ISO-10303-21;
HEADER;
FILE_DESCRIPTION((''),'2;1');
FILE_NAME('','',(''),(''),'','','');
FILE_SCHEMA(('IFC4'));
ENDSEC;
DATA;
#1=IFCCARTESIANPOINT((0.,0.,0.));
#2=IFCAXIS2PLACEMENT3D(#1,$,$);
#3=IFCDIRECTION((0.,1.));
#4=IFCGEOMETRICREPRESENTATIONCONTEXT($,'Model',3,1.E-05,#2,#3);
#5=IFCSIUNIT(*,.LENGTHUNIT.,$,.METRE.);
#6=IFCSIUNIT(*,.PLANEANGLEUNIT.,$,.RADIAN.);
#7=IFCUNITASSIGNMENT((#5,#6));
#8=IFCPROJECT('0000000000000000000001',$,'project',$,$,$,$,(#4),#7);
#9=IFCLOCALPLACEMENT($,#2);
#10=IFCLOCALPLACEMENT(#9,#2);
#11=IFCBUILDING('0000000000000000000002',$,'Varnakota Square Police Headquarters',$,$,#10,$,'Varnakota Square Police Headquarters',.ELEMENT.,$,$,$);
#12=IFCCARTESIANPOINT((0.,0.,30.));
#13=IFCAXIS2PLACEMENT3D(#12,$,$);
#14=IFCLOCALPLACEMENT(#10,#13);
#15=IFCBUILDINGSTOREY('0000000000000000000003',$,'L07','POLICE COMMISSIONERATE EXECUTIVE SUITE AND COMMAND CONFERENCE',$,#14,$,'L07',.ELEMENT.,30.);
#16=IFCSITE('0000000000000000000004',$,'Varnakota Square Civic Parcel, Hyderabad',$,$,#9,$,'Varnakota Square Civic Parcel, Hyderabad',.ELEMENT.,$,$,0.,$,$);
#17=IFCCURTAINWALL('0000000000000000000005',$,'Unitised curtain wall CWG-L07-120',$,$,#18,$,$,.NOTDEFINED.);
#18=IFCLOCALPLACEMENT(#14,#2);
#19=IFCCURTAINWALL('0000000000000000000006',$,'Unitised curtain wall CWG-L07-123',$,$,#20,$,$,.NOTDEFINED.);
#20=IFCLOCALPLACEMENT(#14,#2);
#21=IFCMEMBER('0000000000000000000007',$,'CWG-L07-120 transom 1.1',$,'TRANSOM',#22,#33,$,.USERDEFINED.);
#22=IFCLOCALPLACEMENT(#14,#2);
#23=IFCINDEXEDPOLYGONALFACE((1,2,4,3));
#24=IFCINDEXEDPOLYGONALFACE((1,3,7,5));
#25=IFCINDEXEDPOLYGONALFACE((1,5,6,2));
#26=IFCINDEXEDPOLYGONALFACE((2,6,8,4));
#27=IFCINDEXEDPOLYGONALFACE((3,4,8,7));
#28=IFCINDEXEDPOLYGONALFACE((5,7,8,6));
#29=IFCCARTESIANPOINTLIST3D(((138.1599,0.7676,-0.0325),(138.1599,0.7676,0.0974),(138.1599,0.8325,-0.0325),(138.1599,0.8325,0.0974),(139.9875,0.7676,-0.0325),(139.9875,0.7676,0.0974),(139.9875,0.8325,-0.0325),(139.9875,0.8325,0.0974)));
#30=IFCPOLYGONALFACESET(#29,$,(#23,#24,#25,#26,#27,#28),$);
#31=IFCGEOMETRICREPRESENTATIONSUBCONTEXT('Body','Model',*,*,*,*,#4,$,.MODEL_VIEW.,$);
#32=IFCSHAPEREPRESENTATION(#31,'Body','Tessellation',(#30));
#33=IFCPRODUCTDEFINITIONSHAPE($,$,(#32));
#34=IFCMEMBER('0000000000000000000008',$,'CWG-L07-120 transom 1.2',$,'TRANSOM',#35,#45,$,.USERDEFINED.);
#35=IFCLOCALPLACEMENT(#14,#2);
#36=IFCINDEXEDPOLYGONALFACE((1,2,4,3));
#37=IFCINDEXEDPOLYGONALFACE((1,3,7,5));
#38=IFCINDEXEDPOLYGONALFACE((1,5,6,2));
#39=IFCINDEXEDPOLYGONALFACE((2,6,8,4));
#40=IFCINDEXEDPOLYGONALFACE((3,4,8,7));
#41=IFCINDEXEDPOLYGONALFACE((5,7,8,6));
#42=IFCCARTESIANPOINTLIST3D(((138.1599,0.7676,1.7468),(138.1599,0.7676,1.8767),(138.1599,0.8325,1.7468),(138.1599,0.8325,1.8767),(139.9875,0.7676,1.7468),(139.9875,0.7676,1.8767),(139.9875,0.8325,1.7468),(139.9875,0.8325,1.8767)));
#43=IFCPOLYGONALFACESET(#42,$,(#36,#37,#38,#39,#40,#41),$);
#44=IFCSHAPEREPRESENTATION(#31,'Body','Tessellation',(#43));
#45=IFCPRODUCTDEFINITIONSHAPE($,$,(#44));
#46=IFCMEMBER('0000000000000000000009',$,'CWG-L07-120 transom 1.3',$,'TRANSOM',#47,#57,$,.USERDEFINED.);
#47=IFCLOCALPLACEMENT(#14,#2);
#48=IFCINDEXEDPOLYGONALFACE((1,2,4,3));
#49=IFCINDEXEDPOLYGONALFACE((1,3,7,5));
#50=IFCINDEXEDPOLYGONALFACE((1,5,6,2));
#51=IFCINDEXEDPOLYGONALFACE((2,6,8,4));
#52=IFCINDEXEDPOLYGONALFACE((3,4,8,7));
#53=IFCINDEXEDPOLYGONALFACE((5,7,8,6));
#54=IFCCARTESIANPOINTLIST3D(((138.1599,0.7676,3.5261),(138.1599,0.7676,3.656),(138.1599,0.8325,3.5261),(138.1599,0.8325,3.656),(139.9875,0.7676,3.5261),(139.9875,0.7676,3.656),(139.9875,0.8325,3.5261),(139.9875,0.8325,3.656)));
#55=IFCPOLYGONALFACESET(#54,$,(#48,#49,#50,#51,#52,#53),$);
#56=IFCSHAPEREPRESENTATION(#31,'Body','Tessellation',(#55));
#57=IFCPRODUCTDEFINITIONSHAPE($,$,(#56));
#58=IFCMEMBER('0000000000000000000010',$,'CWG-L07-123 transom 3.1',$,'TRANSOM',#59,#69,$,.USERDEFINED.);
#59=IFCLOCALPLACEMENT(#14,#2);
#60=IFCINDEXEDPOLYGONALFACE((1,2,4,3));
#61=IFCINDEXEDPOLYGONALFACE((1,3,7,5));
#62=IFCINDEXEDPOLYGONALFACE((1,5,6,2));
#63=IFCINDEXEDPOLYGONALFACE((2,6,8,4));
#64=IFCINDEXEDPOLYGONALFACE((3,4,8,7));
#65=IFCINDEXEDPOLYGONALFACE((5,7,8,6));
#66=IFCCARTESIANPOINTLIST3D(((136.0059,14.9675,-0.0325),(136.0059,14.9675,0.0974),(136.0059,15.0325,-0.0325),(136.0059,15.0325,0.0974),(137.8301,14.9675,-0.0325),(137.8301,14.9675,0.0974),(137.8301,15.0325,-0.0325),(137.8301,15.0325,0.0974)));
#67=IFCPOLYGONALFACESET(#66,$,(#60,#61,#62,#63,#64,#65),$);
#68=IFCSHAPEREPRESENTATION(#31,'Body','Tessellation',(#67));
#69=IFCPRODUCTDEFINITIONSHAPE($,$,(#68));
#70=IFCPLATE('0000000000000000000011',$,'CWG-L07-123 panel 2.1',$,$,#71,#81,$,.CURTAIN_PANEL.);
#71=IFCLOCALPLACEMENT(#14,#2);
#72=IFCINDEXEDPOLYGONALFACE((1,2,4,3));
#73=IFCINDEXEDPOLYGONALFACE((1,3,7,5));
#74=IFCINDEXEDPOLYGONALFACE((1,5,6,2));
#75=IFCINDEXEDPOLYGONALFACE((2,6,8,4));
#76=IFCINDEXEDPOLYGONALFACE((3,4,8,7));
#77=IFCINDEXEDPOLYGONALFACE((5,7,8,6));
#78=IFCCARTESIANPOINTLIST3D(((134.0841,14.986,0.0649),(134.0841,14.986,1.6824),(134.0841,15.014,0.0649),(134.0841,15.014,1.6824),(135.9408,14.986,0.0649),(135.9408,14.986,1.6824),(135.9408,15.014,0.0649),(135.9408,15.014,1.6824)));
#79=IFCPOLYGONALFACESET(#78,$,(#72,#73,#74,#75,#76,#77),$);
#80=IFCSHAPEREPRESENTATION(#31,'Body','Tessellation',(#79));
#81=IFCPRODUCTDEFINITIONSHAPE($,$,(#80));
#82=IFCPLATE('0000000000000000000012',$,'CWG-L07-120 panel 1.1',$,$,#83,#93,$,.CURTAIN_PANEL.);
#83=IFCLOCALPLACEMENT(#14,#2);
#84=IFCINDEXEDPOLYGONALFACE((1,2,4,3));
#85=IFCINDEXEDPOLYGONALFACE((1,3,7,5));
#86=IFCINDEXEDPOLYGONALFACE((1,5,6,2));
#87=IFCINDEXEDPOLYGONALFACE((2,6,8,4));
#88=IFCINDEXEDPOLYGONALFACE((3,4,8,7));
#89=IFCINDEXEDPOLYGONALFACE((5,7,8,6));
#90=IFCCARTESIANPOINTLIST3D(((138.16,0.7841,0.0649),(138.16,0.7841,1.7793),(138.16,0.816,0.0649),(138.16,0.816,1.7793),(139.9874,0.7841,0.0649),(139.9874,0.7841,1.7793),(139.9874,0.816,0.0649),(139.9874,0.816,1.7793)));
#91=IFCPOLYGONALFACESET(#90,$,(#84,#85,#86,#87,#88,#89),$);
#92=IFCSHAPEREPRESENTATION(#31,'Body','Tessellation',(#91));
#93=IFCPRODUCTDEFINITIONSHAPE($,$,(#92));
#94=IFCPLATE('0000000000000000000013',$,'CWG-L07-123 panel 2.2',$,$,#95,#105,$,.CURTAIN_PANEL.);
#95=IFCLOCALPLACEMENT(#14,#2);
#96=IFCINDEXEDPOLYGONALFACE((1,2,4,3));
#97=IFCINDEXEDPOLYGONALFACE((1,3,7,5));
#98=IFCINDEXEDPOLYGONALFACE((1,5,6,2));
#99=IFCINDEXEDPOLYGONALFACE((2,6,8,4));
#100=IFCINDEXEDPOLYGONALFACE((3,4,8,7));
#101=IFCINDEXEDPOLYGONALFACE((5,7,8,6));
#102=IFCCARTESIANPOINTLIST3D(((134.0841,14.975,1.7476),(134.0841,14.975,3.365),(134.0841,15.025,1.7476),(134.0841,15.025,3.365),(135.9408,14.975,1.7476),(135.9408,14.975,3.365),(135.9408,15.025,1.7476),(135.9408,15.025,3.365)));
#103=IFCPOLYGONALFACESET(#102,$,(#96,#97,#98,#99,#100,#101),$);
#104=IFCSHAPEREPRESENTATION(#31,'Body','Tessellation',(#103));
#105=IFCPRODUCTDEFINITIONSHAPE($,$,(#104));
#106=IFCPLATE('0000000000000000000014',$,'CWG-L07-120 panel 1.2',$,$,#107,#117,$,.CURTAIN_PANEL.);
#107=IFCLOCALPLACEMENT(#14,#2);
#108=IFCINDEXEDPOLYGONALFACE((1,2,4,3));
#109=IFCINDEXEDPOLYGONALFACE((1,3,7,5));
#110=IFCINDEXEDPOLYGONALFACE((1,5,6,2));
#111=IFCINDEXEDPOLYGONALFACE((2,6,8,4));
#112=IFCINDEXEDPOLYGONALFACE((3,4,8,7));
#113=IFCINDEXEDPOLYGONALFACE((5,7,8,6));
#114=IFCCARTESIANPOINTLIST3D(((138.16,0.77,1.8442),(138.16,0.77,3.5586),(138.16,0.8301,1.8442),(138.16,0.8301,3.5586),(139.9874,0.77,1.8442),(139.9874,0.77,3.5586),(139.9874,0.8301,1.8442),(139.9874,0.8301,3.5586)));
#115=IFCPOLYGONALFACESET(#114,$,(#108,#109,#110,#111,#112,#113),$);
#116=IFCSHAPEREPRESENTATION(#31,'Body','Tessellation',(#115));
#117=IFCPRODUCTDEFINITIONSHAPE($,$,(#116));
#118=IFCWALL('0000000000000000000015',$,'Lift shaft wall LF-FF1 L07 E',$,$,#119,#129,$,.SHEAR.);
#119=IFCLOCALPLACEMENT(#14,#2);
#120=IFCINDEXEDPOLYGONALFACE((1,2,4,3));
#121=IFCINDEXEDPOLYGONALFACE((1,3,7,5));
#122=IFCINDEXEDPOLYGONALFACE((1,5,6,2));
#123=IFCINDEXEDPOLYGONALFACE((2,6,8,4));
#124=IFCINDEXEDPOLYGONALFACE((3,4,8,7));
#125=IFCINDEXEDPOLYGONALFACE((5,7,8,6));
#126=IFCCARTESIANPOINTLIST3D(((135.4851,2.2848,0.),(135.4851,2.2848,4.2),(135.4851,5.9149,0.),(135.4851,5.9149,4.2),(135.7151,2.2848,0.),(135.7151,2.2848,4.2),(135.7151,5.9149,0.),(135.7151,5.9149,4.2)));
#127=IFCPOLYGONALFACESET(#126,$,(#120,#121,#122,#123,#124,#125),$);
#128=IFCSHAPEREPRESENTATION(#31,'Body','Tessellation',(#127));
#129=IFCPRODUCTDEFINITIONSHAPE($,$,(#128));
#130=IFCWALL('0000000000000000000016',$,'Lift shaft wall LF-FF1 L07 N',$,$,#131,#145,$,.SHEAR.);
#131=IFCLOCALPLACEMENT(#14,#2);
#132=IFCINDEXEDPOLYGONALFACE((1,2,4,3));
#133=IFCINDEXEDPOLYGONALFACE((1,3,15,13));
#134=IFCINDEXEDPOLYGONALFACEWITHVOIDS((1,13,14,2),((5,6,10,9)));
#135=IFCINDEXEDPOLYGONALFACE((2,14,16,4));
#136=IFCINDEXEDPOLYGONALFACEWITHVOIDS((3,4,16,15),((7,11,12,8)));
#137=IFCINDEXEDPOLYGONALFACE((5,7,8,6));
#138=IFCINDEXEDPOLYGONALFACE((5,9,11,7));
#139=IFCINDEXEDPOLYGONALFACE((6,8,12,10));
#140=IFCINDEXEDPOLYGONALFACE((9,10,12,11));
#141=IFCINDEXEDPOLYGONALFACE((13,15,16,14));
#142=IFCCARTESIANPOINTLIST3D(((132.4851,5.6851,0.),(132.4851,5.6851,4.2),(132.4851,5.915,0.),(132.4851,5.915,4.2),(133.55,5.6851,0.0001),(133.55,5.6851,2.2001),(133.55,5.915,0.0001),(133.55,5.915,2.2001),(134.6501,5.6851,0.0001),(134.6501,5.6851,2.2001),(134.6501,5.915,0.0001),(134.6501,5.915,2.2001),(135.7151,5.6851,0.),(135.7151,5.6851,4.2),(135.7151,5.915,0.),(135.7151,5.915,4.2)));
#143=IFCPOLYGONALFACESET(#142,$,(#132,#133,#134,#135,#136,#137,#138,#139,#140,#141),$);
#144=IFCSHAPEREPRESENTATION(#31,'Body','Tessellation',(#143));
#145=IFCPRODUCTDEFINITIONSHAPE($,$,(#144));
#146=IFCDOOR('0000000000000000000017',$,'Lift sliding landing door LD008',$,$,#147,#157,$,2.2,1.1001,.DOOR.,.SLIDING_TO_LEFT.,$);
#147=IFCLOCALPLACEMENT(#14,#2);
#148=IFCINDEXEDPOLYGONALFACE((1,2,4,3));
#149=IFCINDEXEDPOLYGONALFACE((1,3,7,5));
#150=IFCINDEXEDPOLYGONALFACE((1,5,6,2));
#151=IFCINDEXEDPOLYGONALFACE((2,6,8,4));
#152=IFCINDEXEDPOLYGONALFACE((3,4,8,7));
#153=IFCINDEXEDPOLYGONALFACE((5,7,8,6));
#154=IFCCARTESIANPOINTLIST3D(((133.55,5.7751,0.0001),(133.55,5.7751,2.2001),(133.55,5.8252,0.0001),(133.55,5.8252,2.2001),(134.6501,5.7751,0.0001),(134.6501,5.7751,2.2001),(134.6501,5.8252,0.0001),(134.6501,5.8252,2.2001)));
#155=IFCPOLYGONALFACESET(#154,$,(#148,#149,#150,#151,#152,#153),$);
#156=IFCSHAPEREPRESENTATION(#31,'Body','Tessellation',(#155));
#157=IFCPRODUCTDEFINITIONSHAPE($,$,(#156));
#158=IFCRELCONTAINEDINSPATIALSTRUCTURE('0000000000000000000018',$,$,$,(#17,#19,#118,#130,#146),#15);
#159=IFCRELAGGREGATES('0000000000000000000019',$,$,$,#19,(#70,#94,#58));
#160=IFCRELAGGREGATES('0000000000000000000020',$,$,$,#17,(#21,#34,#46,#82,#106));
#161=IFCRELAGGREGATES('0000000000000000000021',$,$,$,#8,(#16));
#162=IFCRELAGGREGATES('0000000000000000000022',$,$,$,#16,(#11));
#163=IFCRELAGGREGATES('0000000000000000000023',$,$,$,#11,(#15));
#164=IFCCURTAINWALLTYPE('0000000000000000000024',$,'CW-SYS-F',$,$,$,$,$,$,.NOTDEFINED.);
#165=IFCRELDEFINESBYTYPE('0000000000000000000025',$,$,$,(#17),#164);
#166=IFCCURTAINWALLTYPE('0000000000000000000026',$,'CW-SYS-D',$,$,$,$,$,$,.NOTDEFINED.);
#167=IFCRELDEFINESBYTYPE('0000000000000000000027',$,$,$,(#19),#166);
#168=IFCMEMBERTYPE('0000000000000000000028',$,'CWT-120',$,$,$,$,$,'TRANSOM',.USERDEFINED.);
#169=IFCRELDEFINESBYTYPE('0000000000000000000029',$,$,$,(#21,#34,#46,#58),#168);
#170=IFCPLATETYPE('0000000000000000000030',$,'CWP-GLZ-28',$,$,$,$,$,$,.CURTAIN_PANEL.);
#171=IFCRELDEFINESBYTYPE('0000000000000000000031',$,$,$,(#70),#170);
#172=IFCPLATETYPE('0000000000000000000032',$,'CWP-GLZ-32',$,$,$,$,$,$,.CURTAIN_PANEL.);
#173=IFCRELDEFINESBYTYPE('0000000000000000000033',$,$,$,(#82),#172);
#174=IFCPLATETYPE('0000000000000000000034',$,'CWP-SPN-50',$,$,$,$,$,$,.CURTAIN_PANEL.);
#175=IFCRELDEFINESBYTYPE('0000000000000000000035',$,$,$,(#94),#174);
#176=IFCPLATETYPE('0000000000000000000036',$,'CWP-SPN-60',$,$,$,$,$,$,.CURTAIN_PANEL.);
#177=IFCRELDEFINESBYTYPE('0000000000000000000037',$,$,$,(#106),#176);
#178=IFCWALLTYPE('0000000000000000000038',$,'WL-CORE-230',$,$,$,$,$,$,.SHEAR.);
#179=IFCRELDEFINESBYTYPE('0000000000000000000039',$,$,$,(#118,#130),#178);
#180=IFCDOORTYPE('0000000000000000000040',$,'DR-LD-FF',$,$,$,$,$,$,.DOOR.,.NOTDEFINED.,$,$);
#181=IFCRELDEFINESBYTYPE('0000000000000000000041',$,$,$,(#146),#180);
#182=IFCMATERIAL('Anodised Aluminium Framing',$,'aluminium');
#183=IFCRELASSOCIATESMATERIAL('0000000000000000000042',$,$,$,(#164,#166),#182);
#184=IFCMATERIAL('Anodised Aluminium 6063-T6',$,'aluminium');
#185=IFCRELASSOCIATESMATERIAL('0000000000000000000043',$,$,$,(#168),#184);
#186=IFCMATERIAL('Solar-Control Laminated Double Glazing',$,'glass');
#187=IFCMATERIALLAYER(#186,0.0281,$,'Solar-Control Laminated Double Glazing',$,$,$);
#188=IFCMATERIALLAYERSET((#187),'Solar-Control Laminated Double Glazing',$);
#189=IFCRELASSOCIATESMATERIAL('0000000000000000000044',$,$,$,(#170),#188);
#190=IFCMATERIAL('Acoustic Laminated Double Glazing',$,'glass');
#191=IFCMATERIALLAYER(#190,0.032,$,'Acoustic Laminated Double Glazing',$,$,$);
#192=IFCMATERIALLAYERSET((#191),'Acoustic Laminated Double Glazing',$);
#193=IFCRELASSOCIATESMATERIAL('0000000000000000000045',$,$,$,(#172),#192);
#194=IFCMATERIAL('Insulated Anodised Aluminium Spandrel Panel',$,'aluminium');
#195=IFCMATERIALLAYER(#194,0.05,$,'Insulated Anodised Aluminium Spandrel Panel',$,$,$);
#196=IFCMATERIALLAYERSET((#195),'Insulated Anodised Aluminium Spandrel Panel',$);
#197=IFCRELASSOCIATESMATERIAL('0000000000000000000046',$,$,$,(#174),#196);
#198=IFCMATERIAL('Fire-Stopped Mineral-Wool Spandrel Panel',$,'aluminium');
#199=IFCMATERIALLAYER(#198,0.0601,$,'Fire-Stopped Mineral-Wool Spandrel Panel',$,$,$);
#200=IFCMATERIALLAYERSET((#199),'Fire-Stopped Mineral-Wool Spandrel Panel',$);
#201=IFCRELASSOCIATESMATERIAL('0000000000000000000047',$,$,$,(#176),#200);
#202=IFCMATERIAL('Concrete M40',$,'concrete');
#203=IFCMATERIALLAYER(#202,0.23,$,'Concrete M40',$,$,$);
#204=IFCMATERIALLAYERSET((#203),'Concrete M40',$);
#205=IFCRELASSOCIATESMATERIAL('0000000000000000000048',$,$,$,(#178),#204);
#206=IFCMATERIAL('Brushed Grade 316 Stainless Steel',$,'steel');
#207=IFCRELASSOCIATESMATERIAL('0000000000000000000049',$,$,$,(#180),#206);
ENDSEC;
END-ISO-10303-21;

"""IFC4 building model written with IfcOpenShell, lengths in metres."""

from ifc_helpers import new_model, si_unit, direction, frame, frame_2d, origin, origin_2d, place, context, subcontext, project, spatial, rectangle, extrude, material, layer, layer_set, material_profile, profile_set, type_object, element, fill, aggregate, save


model = new_model("IFC4")

# Units and contexts
model_context = context("Model", 3, precision=1e-05, world=origin(), true_north=direction((0.0, 1.0)))
body_context = subcontext(model_context, "Body", "Model", "MODEL_VIEW")
ifc_project = project(units=[si_unit("LENGTHUNIT", "METRE"), si_unit("PLANEANGLEUNIT", "RADIAN")], contexts=[model_context])

# Site, building, storey
site_placement = place(None, origin())
site = spatial("IfcSite", under=ifc_project, at=site_placement, Name="Varnakota Square Civic Parcel, Hyderabad", LongName="Varnakota Square Civic Parcel, Hyderabad", CompositionType="ELEMENT", RefElevation=0.0)
building_placement = place(site_placement, origin())
building = spatial("IfcBuilding", under=site, at=building_placement, Name="Varnakota Square Police Headquarters", LongName="Varnakota Square Police Headquarters", CompositionType="ELEMENT")
storey_placement = place(building_placement, frame((0.0, 0.0, 30.0)))
storey = spatial("IfcBuildingStorey", under=building, at=storey_placement, Name="L07", Description="POLICE COMMISSIONERATE EXECUTIVE SUITE AND COMMAND CONFERENCE", LongName="L07", CompositionType="ELEMENT", Elevation=30.0)

# Curtain wall
ifc_material_1 = material(Name="Anodised Aluminium Framing", Category="aluminium")
curtain_wall_type_1 = type_object("IfcCurtainWallType", Name="CW-SYS-F", PredefinedType="NOTDEFINED", material=ifc_material_1)
curtain_wall_1_placement = place(storey_placement, origin())
curtain_wall_1 = element("IfcCurtainWall", 1, at=curtain_wall_1_placement, inside=storey, type_object=curtain_wall_type_1, Name="Unitised curtain wall CWG-L07-120", PredefinedType="NOTDEFINED")
ifc_material_2 = material(Name="Anodised Aluminium 6063-T6", Category="aluminium")

# Curtain wall
curtain_wall_type_2 = type_object("IfcCurtainWallType", Name="CW-SYS-D", PredefinedType="NOTDEFINED", material=ifc_material_1)
curtain_wall_2_placement = place(storey_placement, origin())
curtain_wall_2 = element("IfcCurtainWall", 2, at=curtain_wall_2_placement, inside=storey, type_object=curtain_wall_type_2, Name="Unitised curtain wall CWG-L07-123", PredefinedType="NOTDEFINED")

# Members
ifc_material_profile_1 = material_profile(ifc_material_2, rectangle(XDim=0.0649, YDim=0.1299, at=origin_2d()), Name="ALU TRANSOM 65x130")
ifc_profile_set_1 = profile_set([ifc_material_profile_1], Name="Anodised Aluminium 6063-T6")
member_type_1 = type_object("IfcMemberType", Name="CWT-120", ElementType="TRANSOM", PredefinedType="USERDEFINED", material=ifc_profile_set_1)
member_1_placement = place(storey_placement, frame((138.1599, 0.8, 0.0325), z_axis=(1.0, 0.0, 0.0), x_axis=(0.0, 1.0, 0.0)))
member_1 = element("IfcMember", 3, at=member_1_placement, type_object=member_type_1, Name="CWG-L07-120 transom 1.1", ObjectType="TRANSOM", PredefinedType="USERDEFINED", context=body_context, shape_type="SweptSolid", body=[
    extrude(rectangle(XDim=0.0649, YDim=0.1299, at=origin_2d()), origin(), (0.0, 0.0, 1.0), 1.8276),
])
member_2_placement = place(storey_placement, frame((138.1599, 0.8, 1.8118), z_axis=(1.0, 0.0, 0.0), x_axis=(0.0, 1.0, 0.0)))
member_2 = element("IfcMember", 4, at=member_2_placement, type_object=member_type_1, Name="CWG-L07-120 transom 1.2", ObjectType="TRANSOM", PredefinedType="USERDEFINED", context=body_context, shape_type="SweptSolid", body=[
    extrude(rectangle(XDim=0.0649, YDim=0.1299, at=origin_2d()), origin(), (0.0, 0.0, 1.0), 1.8276),
])
member_3_placement = place(storey_placement, frame((138.1599, 0.8, 3.5911), z_axis=(1.0, 0.0, 0.0), x_axis=(0.0, 1.0, 0.0)))
member_3 = element("IfcMember", 5, at=member_3_placement, type_object=member_type_1, Name="CWG-L07-120 transom 1.3", ObjectType="TRANSOM", PredefinedType="USERDEFINED", context=body_context, shape_type="SweptSolid", body=[
    extrude(rectangle(XDim=0.0649, YDim=0.1299, at=origin_2d()), origin(), (0.0, 0.0, 1.0), 1.8276),
])
member_4_placement = place(storey_placement, frame((136.0059, 15.0, 0.0325), z_axis=(1.0, 0.0, 0.0), x_axis=(0.0, 1.0, 0.0)))
member_4 = element("IfcMember", 6, at=member_4_placement, type_object=member_type_1, Name="CWG-L07-123 transom 3.1", ObjectType="TRANSOM", PredefinedType="USERDEFINED", context=body_context, shape_type="SweptSolid", body=[
    extrude(rectangle(XDim=0.0649, YDim=0.1299, at=origin_2d()), origin(), (0.0, 0.0, 1.0), 1.8242),
])

# Plates
ifc_material_3 = material(Name="Solar-Control Laminated Double Glazing", Category="glass")
ifc_layer_1 = layer(ifc_material_3, 0.0281, Name="Solar-Control Laminated Double Glazing")
ifc_layer_set_1 = layer_set([ifc_layer_1], Name="Solar-Control Laminated Double Glazing")
plate_type_1 = type_object("IfcPlateType", Name="CWP-GLZ-28", PredefinedType="CURTAIN_PANEL", material=ifc_layer_set_1)
plate_1_placement = place(storey_placement, frame((135.0125, 15.0, 0.0649), z_axis=(0.0, 0.0, 1.0), x_axis=(1.0, 0.0, 0.0)))
plate_1 = element("IfcPlate", 7, at=plate_1_placement, type_object=plate_type_1, Name="CWG-L07-123 panel 2.1", PredefinedType="CURTAIN_PANEL", context=body_context, shape_type="SweptSolid", body=[
    extrude(rectangle(XDim=1.8567, YDim=0.0281, at=origin_2d()), origin(), (0.0, 0.0, 1.0), 1.6174),
])
ifc_material_4 = material(Name="Acoustic Laminated Double Glazing", Category="glass")
ifc_layer_2 = layer(ifc_material_4, 0.032, Name="Acoustic Laminated Double Glazing")
ifc_layer_set_2 = layer_set([ifc_layer_2], Name="Acoustic Laminated Double Glazing")
plate_type_2 = type_object("IfcPlateType", Name="CWP-GLZ-32", PredefinedType="CURTAIN_PANEL", material=ifc_layer_set_2)
plate_2_placement = place(storey_placement, frame((139.0737, 0.8, 0.0649), z_axis=(0.0, 0.0, 1.0), x_axis=(1.0, 0.0, 0.0)))
plate_2 = element("IfcPlate", 8, at=plate_2_placement, type_object=plate_type_2, Name="CWG-L07-120 panel 1.1", PredefinedType="CURTAIN_PANEL", context=body_context, shape_type="SweptSolid", body=[
    extrude(rectangle(XDim=1.8274, YDim=0.032, at=origin_2d()), origin(), (0.0, 0.0, 1.0), 1.7144),
])
ifc_material_5 = material(Name="Insulated Anodised Aluminium Spandrel Panel", Category="aluminium")
ifc_layer_3 = layer(ifc_material_5, 0.05, Name="Insulated Anodised Aluminium Spandrel Panel")
ifc_layer_set_3 = layer_set([ifc_layer_3], Name="Insulated Anodised Aluminium Spandrel Panel")
plate_type_3 = type_object("IfcPlateType", Name="CWP-SPN-50", PredefinedType="CURTAIN_PANEL", material=ifc_layer_set_3)
plate_3_placement = place(storey_placement, frame((135.0125, 15.0, 1.7476), z_axis=(0.0, 0.0, 1.0), x_axis=(1.0, 0.0, 0.0)))
plate_3 = element("IfcPlate", 9, at=plate_3_placement, type_object=plate_type_3, Name="CWG-L07-123 panel 2.2", PredefinedType="CURTAIN_PANEL", context=body_context, shape_type="SweptSolid", body=[
    extrude(rectangle(XDim=1.8567, YDim=0.05, at=origin_2d()), origin(), (0.0, 0.0, 1.0), 1.6174),
])
aggregate(curtain_wall_2, [plate_1, plate_3, member_4])
ifc_material_6 = material(Name="Fire-Stopped Mineral-Wool Spandrel Panel", Category="aluminium")
ifc_layer_4 = layer(ifc_material_6, 0.0601, Name="Fire-Stopped Mineral-Wool Spandrel Panel")
ifc_layer_set_4 = layer_set([ifc_layer_4], Name="Fire-Stopped Mineral-Wool Spandrel Panel")
plate_type_4 = type_object("IfcPlateType", Name="CWP-SPN-60", PredefinedType="CURTAIN_PANEL", material=ifc_layer_set_4)
plate_4_placement = place(storey_placement, frame((139.0737, 0.8, 1.8442), z_axis=(0.0, 0.0, 1.0), x_axis=(1.0, 0.0, 0.0)))
plate_4 = element("IfcPlate", 10, at=plate_4_placement, type_object=plate_type_4, Name="CWG-L07-120 panel 1.2", PredefinedType="CURTAIN_PANEL", context=body_context, shape_type="SweptSolid", body=[
    extrude(rectangle(XDim=1.8274, YDim=0.0601, at=origin_2d()), origin(), (0.0, 0.0, 1.0), 1.7144),
])
aggregate(curtain_wall_1, [member_1, member_2, member_3, plate_2, plate_4])

# Wall
ifc_material_7 = material(Name="Concrete M40", Category="concrete")
ifc_layer_5 = layer(ifc_material_7, 0.23, Name="Concrete M40")
ifc_layer_set_5 = layer_set([ifc_layer_5], Name="Concrete M40")
wall_type_1 = type_object("IfcWallType", Name="WL-CORE-230", PredefinedType="SHEAR", material=ifc_layer_set_5)
wall_1_placement = place(storey_placement, frame((135.6001, 2.2849, 0.0), z_axis=(0.0, 0.0, 1.0), x_axis=(0.0, 1.0, 0.0)))
element("IfcWall", 11, at=wall_1_placement, inside=storey, type_object=wall_type_1, Name="Lift shaft wall LF-FF1 L07 E", PredefinedType="SHEAR", context=body_context, shape_type="SweptSolid", body=[
    extrude(rectangle(XDim=3.6301, YDim=0.23, at=frame_2d((1.8149, 0.0))), origin(), (0.0, 0.0, 1.0), 4.2),
])

# Wall, opening, door
wall_2_placement = place(storey_placement, frame((135.7151, 5.8, 0.0), z_axis=(0.0, 0.0, 1.0), x_axis=(-1.0, 0.0, 0.0)))
wall_2 = element("IfcWall", 12, at=wall_2_placement, inside=storey, type_object=wall_type_1, Name="Lift shaft wall LF-FF1 L07 N", PredefinedType="SHEAR", context=body_context, shape_type="SweptSolid", body=[
    extrude(rectangle(XDim=3.23, YDim=0.23, at=frame_2d((1.615, 0.0))), origin(), (0.0, 0.0, 1.0), 4.2),
])
opening_1_placement = place(wall_2_placement, frame((1.0649, 0.0, 0.0)))
opening_1 = element("IfcOpeningElement", 13, at=opening_1_placement, cuts=wall_2, PredefinedType="OPENING", context=body_context, shape_type="SweptSolid", body=[
    extrude(rectangle(XDim=1.1001, YDim=2.2, at=frame_2d((0.55, 1.1001))), frame((0.0, 0.125, 0.0), z_axis=(0.0, -1.0, 0.0), x_axis=(1.0, 0.0, 0.0)), (0.0, 0.0, 1.0), 0.25),
])
ifc_material_8 = material(Name="Brushed Grade 316 Stainless Steel", Category="steel")
door_type_1 = type_object("IfcDoorType", Name="DR-LD-FF", OperationType="NOTDEFINED", PredefinedType="DOOR", material=ifc_material_8)
door_1_placement = place(opening_1_placement, origin())
door_1 = element("IfcDoor", 14, at=door_1_placement, inside=storey, type_object=door_type_1, Name="Lift sliding landing door LD008", OperationType="SLIDING_TO_LEFT", OverallHeight=2.2, OverallWidth=1.1001, PredefinedType="DOOR", context=body_context, shape_type="SweptSolid", body=[
    extrude(rectangle(XDim=1.1001, YDim=2.2, at=frame_2d((0.55, 1.1001))), frame((0.0, 0.0249, 0.0), z_axis=(0.0, -1.0, 0.0), x_axis=(1.0, 0.0, 0.0)), (0.0, 0.0, 1.0), 0.05),
])
fill(opening_1, door_1)

save(model, "model.ifc")
